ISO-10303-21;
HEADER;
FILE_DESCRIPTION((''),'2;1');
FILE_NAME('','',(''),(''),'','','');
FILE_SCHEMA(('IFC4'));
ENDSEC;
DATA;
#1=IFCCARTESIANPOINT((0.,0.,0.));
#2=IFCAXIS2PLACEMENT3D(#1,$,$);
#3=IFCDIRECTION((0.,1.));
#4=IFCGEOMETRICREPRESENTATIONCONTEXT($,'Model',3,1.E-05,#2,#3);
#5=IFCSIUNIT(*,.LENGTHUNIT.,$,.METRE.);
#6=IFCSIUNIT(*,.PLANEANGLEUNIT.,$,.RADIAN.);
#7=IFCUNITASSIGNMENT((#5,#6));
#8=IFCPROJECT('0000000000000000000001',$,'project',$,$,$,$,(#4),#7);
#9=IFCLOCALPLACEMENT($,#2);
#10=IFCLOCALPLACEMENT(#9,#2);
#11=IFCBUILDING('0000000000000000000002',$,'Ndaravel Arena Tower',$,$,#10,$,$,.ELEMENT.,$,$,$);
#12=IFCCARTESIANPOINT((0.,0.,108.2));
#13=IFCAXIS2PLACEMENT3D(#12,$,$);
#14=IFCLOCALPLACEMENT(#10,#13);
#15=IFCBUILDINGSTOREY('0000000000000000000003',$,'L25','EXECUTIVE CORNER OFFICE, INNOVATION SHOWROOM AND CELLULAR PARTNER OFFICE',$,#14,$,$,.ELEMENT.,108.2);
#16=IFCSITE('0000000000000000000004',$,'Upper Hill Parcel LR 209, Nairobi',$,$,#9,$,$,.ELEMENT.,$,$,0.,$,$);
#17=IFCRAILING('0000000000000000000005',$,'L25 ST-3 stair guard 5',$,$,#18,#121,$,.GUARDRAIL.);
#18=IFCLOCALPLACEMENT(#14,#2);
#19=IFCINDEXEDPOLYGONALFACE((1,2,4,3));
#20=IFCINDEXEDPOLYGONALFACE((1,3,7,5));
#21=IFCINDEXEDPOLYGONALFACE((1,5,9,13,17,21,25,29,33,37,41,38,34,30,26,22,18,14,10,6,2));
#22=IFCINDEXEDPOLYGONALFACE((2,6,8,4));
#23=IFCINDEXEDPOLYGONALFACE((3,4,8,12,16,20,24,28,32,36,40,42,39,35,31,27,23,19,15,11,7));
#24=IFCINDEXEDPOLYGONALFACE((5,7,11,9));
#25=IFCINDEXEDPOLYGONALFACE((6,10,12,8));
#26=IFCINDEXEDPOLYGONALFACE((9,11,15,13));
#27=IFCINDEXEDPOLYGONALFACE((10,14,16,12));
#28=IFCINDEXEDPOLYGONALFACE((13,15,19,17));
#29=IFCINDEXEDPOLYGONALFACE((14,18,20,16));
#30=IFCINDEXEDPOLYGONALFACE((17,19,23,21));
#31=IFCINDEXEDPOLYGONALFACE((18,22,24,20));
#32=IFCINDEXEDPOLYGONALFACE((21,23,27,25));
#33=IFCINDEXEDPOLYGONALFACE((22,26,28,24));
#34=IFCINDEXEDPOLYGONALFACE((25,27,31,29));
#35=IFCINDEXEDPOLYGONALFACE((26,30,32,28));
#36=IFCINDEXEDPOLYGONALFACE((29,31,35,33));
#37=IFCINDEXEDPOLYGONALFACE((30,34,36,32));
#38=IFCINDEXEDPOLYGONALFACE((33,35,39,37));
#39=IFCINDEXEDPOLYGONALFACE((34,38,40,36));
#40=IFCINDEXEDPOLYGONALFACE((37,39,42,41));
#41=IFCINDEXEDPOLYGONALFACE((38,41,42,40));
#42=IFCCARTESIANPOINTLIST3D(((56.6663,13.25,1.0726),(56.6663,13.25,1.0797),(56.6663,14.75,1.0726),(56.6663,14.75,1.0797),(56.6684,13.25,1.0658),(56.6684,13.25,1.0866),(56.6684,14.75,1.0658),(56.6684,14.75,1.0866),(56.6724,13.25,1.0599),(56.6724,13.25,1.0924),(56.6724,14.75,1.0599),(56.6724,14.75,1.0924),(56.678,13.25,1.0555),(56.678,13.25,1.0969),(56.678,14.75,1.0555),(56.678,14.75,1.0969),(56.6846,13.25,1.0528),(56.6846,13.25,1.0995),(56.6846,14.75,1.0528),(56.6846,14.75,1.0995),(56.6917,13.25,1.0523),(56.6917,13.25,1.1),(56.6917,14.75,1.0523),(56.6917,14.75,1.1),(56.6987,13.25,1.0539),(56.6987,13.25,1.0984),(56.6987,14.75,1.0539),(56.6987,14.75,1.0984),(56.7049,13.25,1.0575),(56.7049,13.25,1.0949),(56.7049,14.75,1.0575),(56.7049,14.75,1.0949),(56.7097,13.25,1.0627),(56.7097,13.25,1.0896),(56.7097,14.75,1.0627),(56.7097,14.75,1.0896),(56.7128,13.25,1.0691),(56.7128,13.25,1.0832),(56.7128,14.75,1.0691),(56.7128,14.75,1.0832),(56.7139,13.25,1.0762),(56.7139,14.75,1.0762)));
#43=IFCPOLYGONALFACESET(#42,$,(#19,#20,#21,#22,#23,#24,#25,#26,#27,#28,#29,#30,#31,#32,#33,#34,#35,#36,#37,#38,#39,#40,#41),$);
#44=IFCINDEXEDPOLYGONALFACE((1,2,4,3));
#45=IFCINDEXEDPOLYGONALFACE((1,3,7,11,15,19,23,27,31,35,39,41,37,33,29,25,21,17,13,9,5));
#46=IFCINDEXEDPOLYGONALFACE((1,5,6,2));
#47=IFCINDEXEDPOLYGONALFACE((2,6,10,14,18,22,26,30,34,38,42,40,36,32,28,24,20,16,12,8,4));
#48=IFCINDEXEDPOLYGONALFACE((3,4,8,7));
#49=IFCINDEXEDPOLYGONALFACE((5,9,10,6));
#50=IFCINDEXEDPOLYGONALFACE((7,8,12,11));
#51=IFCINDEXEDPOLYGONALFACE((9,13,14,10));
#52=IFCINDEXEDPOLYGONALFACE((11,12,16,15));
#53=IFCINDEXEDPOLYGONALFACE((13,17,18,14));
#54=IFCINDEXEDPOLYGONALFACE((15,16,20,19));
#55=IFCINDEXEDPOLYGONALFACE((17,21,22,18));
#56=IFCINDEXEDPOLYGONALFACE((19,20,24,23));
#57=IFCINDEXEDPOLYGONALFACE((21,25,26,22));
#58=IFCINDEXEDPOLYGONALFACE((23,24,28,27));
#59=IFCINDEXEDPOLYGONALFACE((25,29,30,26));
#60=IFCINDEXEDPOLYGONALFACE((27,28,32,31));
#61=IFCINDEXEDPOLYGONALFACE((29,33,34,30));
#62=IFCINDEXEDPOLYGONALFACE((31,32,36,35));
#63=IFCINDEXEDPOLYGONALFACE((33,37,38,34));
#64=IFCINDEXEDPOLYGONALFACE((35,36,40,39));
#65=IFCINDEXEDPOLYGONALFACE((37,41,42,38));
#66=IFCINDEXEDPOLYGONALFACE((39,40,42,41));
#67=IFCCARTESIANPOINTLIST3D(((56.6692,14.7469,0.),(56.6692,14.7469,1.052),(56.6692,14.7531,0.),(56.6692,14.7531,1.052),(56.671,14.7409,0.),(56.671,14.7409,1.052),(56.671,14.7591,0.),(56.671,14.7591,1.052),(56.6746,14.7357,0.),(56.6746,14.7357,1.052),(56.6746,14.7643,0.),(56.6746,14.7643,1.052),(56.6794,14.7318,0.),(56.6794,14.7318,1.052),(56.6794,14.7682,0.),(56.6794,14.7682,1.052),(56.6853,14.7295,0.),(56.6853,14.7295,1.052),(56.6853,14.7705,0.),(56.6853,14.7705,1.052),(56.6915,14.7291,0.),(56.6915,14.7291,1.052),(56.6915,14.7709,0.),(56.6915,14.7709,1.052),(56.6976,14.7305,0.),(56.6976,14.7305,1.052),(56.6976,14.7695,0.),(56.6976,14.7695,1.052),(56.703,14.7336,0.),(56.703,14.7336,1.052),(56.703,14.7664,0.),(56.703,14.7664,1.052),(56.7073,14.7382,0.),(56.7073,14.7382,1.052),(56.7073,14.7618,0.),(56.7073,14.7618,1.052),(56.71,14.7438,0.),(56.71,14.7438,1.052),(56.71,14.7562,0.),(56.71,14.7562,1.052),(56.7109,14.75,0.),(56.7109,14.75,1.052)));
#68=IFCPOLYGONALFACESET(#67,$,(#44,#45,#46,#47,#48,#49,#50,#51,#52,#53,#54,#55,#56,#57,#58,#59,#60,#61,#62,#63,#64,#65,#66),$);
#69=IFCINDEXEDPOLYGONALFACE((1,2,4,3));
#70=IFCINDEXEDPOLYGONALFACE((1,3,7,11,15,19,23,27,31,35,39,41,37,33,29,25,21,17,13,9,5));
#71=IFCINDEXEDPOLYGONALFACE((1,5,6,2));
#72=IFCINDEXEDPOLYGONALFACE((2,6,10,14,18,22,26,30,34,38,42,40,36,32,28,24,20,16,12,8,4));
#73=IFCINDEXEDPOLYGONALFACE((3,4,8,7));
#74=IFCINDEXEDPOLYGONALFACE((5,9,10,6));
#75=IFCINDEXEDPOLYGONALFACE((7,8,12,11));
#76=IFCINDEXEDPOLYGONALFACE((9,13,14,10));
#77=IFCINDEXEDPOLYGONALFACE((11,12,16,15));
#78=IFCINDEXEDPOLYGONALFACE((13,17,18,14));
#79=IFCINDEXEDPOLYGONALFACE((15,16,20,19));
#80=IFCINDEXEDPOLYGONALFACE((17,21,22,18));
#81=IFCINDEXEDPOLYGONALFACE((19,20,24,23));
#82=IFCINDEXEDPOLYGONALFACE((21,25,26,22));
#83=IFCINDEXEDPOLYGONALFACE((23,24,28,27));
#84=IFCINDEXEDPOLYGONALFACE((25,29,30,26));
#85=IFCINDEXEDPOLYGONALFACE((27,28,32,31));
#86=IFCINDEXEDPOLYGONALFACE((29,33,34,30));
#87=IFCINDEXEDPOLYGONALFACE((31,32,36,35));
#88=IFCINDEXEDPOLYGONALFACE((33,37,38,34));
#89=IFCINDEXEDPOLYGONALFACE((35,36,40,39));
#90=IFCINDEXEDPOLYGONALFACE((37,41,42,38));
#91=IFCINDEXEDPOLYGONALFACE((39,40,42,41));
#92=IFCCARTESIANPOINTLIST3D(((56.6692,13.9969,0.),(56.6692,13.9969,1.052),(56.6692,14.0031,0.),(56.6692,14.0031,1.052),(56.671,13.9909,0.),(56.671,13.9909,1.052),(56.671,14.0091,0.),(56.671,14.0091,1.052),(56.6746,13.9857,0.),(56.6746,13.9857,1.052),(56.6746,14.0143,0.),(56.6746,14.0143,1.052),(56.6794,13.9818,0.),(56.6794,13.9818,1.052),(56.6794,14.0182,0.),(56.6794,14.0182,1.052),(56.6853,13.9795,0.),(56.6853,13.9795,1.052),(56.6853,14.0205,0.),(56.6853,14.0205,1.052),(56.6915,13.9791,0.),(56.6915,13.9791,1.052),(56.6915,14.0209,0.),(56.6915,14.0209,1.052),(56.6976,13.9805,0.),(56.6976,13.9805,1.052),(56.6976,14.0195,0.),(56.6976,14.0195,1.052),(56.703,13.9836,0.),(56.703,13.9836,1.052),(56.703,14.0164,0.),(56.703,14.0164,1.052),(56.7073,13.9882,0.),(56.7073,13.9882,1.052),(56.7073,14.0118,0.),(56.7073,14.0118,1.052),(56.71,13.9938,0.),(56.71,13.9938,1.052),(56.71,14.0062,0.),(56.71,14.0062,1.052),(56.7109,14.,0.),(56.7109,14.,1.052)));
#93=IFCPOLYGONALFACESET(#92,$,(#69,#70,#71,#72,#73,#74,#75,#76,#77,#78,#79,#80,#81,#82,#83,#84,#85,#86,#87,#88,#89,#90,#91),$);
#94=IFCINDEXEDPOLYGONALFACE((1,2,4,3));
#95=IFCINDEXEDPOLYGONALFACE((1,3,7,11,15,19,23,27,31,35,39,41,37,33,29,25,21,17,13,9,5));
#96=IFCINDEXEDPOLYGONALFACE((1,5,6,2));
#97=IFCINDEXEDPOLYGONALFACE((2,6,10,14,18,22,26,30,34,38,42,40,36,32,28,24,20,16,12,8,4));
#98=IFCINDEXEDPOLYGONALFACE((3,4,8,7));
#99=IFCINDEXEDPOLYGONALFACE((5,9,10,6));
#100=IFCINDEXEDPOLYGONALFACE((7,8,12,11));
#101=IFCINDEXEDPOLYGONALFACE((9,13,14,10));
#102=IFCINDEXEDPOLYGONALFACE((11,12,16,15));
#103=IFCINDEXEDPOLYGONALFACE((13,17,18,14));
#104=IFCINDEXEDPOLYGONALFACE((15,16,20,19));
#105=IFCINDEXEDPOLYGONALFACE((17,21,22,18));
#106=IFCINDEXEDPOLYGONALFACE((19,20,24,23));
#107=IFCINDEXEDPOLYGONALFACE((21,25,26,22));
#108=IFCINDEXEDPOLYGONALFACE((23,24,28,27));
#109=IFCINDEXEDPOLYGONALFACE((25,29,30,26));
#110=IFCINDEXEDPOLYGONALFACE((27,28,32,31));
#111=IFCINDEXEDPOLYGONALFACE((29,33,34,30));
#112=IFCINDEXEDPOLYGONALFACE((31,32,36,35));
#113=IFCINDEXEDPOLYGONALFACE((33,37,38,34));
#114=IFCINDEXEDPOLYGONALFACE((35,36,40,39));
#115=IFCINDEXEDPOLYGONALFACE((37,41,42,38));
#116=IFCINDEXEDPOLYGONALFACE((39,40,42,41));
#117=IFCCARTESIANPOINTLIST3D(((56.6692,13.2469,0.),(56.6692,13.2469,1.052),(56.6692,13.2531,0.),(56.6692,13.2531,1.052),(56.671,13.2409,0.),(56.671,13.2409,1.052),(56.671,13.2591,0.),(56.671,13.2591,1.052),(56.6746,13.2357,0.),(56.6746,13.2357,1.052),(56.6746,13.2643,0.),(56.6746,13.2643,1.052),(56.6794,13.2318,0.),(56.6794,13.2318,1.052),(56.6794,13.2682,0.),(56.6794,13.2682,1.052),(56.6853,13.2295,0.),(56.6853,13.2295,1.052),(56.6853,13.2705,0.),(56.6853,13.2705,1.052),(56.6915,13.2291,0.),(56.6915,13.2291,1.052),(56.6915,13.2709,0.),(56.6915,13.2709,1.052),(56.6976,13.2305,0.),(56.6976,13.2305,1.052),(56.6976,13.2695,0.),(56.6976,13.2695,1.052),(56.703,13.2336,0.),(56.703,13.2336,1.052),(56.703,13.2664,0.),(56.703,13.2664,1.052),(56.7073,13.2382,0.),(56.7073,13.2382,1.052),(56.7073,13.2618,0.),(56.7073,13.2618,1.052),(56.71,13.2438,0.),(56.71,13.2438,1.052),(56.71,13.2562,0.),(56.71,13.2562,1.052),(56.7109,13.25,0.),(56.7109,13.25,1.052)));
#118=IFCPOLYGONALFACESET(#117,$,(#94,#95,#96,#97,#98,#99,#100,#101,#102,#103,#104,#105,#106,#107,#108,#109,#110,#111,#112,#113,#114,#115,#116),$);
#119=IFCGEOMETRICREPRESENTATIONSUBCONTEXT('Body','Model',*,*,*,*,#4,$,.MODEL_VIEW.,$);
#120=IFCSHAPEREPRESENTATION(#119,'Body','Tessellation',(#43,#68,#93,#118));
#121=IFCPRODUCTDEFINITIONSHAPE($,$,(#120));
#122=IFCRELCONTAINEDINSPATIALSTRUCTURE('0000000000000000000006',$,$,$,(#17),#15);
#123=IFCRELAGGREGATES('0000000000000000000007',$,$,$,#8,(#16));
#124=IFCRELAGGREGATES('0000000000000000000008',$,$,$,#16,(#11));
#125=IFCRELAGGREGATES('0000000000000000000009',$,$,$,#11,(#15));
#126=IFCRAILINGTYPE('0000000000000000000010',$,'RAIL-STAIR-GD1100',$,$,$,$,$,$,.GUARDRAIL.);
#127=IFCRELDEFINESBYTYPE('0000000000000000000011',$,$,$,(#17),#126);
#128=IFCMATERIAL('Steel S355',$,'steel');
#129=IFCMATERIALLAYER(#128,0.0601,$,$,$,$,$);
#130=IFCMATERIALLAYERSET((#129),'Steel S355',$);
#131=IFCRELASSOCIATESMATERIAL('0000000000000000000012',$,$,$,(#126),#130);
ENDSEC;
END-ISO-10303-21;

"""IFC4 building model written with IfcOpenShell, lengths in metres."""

from ifc_helpers import new_model, si_unit, direction, frame, origin, origin_2d, place, context, subcontext, project, spatial, circle, extrude, material, layer, layer_set, type_object, element, save


model = new_model("IFC4")

# Units and contexts
model_context = context("Model", 3, precision=1e-05, world=origin(), true_north=direction((0.0, 1.0)))
body_context = subcontext(model_context, "Body", "Model", "MODEL_VIEW")
ifc_project = project(units=[si_unit("LENGTHUNIT", "METRE"), si_unit("PLANEANGLEUNIT", "RADIAN")], contexts=[model_context])

# Site, building, storey
site_placement = place(None, origin())
site = spatial("IfcSite", under=ifc_project, at=site_placement, Name="Upper Hill Parcel LR 209, Nairobi", CompositionType="ELEMENT", RefElevation=0.0)
building_placement = place(site_placement, origin())
building = spatial("IfcBuilding", under=site, at=building_placement, Name="Ndaravel Arena Tower", CompositionType="ELEMENT")
storey_placement = place(building_placement, frame((0.0, 0.0, 108.2)))
storey = spatial("IfcBuildingStorey", under=building, at=storey_placement, Name="L25", Description="EXECUTIVE CORNER OFFICE, INNOVATION SHOWROOM AND CELLULAR PARTNER OFFICE", CompositionType="ELEMENT", Elevation=108.2)

# Railing
ifc_material_1 = material(Name="Steel S355", Category="steel")
ifc_layer_1 = layer(ifc_material_1, 0.0601)
ifc_layer_set_1 = layer_set([ifc_layer_1], Name="Steel S355")
railing_type = type_object("IfcRailingType", Name="RAIL-STAIR-GD1100", PredefinedType="GUARDRAIL", material=ifc_layer_set_1)
for number, where, name in (
    (1, (56.6899, 14.75, 0.0), "L25 ST-3 stair guard 5"),
):
    element("IfcRailing", number, at=place(storey_placement, frame(where)), inside=storey, type_object=railing_type, Name=name, PredefinedType="GUARDRAIL", context=body_context, shape_type="SweptSolid", body=[
        extrude(circle(Radius=0.0239, at=origin_2d()), frame((0.0, 0.0, 1.0762), z_axis=(0.0, -1.0, 0.0), x_axis=(1.0, 0.0, 0.0)), (0.0, 0.0, 1.0), 1.5),
        extrude(circle(Radius=0.021, at=origin_2d()), origin(), (0.0, 0.0, 1.0), 1.052),
        extrude(circle(Radius=0.021, at=origin_2d()), frame((0.0, -0.75, 0.0)), (0.0, 0.0, 1.0), 1.052),
        extrude(circle(Radius=0.021, at=origin_2d()), frame((0.0, -1.5, 0.0)), (0.0, 0.0, 1.0), 1.052),
    ])

save(model, "model.ifc")
